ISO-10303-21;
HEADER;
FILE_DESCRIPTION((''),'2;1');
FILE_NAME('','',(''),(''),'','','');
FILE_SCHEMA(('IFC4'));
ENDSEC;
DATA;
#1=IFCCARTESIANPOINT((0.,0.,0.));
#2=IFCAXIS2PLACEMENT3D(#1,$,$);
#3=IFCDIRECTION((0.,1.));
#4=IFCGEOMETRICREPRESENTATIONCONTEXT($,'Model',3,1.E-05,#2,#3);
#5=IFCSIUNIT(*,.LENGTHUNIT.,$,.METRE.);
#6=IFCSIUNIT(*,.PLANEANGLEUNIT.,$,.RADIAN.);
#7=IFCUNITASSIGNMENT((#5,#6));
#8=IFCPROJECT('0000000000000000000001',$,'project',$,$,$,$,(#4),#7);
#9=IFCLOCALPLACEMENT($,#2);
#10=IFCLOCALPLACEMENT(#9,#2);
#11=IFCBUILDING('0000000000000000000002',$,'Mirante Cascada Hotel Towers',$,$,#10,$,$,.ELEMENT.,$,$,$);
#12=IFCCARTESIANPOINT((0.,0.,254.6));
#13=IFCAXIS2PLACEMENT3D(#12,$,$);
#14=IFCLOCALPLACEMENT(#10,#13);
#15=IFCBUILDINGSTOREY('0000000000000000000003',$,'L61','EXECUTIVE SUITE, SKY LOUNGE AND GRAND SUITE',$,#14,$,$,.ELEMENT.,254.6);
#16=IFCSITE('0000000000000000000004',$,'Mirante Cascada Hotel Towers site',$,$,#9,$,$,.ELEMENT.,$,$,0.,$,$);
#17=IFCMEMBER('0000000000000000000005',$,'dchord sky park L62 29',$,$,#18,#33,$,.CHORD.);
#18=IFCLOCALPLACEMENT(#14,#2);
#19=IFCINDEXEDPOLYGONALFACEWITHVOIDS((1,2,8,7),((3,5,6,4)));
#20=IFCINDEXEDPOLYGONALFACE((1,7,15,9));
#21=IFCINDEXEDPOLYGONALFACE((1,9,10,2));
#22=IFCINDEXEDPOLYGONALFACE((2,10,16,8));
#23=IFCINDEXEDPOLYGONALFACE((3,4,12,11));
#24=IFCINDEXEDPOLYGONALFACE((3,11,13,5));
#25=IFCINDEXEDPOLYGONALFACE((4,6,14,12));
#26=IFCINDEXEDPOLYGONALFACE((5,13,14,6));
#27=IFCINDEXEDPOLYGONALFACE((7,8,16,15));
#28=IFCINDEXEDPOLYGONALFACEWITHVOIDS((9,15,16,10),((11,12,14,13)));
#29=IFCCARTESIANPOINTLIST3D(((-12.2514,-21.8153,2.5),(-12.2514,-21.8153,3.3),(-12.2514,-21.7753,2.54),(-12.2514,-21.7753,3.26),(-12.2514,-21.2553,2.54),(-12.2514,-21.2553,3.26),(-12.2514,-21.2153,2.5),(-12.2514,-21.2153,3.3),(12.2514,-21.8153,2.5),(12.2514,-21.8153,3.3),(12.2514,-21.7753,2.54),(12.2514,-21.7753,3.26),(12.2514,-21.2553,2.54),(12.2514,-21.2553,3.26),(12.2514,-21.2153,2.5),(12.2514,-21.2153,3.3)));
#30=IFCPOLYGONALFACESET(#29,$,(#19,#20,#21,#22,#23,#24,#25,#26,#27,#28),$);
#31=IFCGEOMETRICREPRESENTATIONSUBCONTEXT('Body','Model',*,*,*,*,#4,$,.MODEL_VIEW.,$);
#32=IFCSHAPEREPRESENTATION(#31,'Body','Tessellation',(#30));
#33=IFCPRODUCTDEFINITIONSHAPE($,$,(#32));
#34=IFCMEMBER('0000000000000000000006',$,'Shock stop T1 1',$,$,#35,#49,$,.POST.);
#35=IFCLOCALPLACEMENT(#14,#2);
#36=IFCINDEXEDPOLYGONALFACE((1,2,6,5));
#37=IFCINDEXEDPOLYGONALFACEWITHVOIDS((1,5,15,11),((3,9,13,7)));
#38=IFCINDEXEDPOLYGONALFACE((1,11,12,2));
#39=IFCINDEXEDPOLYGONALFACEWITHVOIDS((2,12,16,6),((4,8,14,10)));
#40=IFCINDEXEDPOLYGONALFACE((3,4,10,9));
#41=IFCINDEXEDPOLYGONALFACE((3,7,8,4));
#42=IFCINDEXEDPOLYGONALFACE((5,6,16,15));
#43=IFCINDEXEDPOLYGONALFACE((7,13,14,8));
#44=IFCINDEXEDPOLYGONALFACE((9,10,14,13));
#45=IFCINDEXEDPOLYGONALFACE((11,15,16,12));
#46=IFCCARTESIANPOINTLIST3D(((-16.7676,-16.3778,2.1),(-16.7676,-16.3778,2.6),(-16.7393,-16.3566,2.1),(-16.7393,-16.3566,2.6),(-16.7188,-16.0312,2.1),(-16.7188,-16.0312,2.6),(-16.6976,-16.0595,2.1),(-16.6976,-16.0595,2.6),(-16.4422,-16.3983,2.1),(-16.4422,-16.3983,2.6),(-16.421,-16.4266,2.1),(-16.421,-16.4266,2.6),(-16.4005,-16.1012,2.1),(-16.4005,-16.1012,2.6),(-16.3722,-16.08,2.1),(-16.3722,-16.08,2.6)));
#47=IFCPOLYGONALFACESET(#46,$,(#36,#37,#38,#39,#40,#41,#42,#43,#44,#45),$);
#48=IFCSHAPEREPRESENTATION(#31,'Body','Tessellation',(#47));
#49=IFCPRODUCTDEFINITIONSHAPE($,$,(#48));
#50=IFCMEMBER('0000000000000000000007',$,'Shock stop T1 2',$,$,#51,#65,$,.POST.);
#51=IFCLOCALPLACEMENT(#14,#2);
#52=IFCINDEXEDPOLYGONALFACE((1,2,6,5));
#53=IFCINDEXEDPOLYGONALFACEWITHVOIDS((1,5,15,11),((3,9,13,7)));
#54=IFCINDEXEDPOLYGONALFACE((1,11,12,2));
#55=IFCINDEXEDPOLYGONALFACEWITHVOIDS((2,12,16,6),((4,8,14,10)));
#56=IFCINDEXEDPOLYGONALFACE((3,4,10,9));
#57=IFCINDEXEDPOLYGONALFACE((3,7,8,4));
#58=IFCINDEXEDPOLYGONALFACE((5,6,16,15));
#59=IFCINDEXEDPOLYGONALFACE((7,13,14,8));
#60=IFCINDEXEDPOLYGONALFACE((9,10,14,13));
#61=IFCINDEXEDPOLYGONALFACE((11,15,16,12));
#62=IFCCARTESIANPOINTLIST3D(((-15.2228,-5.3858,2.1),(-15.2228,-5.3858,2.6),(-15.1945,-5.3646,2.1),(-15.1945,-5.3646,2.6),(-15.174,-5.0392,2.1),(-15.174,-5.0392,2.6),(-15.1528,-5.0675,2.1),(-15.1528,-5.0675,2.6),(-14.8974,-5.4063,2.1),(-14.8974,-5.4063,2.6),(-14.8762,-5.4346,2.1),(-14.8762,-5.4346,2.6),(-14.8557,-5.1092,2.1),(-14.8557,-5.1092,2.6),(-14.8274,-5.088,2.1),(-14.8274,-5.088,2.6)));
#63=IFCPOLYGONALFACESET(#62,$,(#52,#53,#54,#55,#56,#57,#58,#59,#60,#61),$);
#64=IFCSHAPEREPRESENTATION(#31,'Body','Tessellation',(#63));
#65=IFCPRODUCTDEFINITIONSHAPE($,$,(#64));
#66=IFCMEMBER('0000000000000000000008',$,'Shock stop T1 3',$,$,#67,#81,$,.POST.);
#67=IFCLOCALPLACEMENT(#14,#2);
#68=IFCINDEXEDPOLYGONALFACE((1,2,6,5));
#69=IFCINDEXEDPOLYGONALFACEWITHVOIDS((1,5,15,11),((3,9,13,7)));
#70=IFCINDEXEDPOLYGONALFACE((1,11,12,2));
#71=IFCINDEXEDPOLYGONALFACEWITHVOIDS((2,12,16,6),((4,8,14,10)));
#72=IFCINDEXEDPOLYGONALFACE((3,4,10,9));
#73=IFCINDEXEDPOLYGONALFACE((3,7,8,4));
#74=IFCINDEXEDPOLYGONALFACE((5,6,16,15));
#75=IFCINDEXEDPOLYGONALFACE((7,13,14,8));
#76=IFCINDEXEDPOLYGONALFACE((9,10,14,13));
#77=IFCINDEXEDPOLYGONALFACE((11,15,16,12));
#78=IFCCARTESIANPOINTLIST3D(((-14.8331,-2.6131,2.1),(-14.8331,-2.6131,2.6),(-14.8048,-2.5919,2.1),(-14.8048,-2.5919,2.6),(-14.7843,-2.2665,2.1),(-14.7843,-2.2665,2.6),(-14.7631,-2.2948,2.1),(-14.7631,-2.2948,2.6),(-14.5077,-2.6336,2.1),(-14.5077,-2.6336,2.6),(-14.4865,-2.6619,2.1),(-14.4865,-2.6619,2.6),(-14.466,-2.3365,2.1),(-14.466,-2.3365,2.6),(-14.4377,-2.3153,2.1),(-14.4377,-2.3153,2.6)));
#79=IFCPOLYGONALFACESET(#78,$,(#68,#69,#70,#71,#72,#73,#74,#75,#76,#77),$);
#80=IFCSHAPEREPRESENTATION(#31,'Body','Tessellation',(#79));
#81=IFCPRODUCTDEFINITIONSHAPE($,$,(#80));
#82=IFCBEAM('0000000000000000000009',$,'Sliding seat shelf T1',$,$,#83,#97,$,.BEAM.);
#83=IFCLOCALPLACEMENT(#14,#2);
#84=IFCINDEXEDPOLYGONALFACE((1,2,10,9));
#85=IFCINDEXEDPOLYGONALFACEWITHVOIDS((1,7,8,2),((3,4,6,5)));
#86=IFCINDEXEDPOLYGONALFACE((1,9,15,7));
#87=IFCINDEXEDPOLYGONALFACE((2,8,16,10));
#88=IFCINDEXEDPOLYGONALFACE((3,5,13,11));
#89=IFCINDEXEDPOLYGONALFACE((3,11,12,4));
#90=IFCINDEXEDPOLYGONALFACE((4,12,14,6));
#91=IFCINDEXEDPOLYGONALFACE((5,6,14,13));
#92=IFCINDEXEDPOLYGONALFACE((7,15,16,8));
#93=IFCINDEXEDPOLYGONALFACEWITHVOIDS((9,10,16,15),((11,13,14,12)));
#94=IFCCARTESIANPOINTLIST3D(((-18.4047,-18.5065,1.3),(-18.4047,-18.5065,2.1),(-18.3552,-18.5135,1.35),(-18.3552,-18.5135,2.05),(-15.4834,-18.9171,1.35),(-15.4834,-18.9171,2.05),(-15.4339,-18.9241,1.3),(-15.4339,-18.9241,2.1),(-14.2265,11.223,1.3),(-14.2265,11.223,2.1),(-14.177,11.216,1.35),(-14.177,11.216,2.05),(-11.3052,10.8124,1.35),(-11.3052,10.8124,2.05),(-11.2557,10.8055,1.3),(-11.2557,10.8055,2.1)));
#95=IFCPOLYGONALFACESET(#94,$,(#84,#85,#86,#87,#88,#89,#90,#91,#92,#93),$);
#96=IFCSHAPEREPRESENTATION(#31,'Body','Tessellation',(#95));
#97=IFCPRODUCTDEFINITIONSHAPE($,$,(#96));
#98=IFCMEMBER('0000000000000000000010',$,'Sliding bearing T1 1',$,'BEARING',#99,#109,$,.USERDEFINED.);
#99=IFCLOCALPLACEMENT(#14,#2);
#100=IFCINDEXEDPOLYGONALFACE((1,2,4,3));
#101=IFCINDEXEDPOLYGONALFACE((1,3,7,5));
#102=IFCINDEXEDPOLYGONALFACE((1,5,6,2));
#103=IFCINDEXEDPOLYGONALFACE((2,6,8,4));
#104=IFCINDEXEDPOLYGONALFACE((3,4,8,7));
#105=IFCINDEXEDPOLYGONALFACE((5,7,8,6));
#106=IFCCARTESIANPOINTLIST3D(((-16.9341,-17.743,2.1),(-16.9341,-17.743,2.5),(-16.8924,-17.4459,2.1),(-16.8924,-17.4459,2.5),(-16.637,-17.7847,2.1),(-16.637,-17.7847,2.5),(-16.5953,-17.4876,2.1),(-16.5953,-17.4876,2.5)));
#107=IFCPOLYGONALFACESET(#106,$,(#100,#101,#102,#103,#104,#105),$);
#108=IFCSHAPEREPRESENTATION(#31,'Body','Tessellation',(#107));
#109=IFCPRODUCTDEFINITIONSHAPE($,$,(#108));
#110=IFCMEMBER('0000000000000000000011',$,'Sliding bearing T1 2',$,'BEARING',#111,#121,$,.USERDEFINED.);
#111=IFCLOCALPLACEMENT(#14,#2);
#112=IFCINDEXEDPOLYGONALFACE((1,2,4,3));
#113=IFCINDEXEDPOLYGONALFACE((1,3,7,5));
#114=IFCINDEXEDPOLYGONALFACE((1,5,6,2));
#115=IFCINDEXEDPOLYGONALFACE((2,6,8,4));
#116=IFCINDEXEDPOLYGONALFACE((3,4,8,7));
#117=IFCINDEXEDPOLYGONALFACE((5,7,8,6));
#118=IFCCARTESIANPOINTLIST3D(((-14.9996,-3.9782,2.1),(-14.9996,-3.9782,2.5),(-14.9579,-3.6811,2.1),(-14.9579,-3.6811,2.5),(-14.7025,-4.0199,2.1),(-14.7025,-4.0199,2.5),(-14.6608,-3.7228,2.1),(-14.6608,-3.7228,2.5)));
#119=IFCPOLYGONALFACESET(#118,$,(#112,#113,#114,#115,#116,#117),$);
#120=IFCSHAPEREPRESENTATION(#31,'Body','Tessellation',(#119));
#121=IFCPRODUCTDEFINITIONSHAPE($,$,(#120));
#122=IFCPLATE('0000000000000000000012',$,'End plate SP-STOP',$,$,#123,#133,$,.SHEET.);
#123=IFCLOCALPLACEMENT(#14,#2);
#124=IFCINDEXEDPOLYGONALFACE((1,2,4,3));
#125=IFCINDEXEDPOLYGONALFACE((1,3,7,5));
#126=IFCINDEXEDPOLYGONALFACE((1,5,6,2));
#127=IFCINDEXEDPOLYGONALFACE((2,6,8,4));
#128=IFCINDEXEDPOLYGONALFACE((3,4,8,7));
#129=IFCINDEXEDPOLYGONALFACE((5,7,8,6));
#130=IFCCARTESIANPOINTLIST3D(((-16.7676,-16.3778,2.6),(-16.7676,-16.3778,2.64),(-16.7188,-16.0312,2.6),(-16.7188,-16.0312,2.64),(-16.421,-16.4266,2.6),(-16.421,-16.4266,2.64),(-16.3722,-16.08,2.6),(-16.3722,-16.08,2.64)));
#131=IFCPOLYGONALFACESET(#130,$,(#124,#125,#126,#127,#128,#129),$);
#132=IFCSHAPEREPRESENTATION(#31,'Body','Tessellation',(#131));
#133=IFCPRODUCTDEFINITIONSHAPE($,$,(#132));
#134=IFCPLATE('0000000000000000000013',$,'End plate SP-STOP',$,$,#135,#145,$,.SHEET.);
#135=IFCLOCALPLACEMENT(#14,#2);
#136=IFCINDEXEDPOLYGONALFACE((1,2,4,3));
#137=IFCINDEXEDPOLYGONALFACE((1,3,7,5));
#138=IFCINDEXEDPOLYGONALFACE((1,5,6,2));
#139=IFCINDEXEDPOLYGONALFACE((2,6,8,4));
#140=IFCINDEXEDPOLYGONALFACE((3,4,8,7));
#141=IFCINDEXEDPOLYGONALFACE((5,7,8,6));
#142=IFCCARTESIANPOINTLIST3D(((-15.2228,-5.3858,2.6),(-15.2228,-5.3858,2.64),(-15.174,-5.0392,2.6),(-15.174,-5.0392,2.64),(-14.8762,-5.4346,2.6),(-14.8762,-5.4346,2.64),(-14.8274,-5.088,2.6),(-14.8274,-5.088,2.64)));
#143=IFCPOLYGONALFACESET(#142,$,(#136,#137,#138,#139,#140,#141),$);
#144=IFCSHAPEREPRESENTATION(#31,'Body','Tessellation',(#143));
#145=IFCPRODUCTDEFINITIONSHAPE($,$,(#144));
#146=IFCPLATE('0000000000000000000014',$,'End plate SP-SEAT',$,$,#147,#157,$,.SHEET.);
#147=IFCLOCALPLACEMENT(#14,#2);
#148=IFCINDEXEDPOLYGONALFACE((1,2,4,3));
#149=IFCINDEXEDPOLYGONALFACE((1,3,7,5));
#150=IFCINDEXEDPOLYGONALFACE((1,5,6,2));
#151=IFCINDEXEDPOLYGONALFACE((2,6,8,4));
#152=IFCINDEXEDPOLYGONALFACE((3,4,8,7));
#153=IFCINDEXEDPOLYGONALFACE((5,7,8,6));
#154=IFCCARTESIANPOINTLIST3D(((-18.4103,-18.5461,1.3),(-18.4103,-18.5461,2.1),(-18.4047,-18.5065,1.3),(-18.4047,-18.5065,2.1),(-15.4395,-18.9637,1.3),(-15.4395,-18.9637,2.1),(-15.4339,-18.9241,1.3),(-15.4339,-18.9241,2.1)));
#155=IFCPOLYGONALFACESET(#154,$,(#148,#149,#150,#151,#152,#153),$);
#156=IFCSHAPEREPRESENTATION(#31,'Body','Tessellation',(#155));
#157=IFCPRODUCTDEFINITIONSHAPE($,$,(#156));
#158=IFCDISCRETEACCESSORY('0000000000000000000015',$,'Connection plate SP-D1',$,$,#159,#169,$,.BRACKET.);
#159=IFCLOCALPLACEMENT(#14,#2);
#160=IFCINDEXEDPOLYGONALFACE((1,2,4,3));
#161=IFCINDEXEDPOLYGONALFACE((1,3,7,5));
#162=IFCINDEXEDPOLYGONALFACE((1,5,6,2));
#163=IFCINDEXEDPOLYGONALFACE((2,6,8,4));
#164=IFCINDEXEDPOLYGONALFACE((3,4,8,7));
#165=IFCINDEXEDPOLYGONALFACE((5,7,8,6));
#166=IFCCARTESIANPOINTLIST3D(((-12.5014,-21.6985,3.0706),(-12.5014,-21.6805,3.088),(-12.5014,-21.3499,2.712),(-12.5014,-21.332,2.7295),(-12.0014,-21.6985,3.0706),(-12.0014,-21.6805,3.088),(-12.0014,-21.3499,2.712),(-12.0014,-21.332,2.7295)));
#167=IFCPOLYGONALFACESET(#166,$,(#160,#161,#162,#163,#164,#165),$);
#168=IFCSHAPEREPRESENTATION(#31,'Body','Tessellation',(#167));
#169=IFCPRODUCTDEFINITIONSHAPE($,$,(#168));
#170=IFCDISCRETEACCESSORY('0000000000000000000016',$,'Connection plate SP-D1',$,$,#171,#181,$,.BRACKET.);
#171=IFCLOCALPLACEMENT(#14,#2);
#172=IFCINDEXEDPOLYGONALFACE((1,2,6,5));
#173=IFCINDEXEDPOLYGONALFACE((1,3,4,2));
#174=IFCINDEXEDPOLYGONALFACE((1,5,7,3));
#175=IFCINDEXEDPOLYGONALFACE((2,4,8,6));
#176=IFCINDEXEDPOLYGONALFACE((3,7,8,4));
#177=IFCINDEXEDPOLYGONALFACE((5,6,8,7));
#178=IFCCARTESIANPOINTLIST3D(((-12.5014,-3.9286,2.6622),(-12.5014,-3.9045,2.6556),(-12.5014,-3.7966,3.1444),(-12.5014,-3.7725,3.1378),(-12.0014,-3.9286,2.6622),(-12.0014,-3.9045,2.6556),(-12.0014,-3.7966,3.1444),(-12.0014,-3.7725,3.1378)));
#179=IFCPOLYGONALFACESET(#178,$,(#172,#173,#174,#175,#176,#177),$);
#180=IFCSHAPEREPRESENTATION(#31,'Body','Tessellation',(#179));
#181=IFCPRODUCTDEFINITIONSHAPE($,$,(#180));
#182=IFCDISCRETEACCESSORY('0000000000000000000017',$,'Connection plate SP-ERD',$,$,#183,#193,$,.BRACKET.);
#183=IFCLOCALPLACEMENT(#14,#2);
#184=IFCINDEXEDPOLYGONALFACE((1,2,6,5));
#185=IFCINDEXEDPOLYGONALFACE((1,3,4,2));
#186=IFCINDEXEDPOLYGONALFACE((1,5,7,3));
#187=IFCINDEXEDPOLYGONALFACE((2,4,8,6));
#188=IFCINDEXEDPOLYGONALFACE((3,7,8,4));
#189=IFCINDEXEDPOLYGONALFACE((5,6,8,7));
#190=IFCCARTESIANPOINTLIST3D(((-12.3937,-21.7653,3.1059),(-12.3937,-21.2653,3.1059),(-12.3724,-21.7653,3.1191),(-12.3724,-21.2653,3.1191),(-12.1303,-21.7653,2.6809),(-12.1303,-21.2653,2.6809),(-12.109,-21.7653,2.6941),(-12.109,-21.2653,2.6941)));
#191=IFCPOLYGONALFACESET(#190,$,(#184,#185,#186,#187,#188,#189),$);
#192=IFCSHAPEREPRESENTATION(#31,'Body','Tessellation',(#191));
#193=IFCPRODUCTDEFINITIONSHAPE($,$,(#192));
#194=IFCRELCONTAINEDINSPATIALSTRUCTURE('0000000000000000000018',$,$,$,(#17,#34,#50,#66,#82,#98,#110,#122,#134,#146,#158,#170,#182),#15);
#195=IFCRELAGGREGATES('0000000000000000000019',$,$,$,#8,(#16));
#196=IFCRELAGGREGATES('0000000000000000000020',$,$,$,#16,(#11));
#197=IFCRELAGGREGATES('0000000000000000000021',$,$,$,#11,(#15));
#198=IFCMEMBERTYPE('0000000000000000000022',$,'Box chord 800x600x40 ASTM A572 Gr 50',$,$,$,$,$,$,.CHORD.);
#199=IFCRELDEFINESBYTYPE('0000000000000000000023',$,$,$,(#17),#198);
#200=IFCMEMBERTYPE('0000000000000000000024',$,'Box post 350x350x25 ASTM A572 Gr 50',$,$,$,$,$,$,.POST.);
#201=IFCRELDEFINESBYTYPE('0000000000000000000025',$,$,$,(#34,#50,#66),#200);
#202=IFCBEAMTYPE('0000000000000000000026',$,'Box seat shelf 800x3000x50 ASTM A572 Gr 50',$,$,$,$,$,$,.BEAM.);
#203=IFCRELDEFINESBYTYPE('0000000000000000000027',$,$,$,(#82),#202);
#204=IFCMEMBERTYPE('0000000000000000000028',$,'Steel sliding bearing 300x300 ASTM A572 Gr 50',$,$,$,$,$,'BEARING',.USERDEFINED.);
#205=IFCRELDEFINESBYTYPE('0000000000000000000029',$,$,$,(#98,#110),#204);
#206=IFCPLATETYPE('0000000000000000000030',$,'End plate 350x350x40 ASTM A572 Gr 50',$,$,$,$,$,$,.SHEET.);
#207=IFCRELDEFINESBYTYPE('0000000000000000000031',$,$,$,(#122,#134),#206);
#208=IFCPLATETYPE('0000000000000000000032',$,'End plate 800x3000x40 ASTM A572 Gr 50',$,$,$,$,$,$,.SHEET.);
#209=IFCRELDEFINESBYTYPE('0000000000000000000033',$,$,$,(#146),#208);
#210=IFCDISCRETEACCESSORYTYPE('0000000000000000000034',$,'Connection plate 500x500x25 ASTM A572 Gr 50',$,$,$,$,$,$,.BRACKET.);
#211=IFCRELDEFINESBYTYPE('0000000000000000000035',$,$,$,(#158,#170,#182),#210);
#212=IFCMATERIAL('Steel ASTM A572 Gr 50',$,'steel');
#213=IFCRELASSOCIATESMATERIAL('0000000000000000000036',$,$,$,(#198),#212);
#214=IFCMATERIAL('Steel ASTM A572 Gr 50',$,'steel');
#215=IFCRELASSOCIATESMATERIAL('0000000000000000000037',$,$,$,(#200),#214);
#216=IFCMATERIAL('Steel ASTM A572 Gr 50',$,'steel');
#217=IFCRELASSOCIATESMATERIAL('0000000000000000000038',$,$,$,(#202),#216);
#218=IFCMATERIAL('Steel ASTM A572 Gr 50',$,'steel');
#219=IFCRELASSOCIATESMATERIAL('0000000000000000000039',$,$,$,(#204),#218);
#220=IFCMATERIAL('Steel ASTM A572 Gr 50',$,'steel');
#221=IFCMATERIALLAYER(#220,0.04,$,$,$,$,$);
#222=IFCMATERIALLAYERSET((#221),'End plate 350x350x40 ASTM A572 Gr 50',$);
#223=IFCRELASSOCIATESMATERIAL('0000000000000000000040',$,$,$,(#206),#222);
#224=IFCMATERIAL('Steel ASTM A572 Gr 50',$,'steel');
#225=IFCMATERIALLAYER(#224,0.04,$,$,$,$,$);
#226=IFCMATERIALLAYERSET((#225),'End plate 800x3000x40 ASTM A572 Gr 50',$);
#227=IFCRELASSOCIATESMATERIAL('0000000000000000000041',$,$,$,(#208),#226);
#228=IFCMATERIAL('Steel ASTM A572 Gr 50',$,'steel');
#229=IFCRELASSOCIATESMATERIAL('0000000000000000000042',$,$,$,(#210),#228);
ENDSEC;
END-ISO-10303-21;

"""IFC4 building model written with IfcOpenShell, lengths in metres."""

from ifc_helpers import new_model, si_unit, direction, frame, origin, origin_2d, place, context, subcontext, project, spatial, rectangle, hollow_rectangle, extrude, material, layer, layer_set, material_profile, profile_set, type_object, element, save


model = new_model("IFC4")

# Units and contexts
model_context = context("Model", 3, precision=1e-05, world=origin(), true_north=direction((0.0, 1.0)))
body_context = subcontext(model_context, "Body", "Model", "MODEL_VIEW")
ifc_project = project(units=[si_unit("LENGTHUNIT", "METRE"), si_unit("PLANEANGLEUNIT", "RADIAN")], contexts=[model_context])

# Site, building, storey
site_placement = place(None, origin())
site = spatial("IfcSite", under=ifc_project, at=site_placement, Name="Mirante Cascada Hotel Towers site", CompositionType="ELEMENT", RefElevation=0.0)
building_placement = place(site_placement, origin())
building = spatial("IfcBuilding", under=site, at=building_placement, Name="Mirante Cascada Hotel Towers", CompositionType="ELEMENT")
storey_placement = place(building_placement, frame((0.0, 0.0, 254.6)))
storey = spatial("IfcBuildingStorey", under=building, at=storey_placement, Name="L61", Description="EXECUTIVE SUITE, SKY LOUNGE AND GRAND SUITE", CompositionType="ELEMENT", Elevation=254.6)

# Members
ifc_material_1 = material(Name="Steel ASTM A572 Gr 50", Category="steel")
ifc_material_profile_1 = material_profile(ifc_material_1, hollow_rectangle(XDim=0.6, YDim=0.8, WallThickness=0.04, at=origin_2d()), Name="Box chord 800x600x40 ASTM A572 Gr 50")
ifc_profile_set_1 = profile_set([ifc_material_profile_1], Name="Steel ASTM A572 Gr 50")
member_type_1 = type_object("IfcMemberType", Name="Box chord 800x600x40 ASTM A572 Gr 50", PredefinedType="CHORD", material=ifc_profile_set_1)
member_1_placement = place(storey_placement, frame((-12.2514, -21.5153, 2.9), z_axis=(1.0, 0.0, 0.0), x_axis=(0.0, 1.0, 0.0)))
element("IfcMember", 1, at=member_1_placement, inside=storey, type_object=member_type_1, Name="dchord sky park L62 29", PredefinedType="CHORD", context=body_context, shape_type="SweptSolid", body=[
    extrude(hollow_rectangle(XDim=0.6, YDim=0.8, WallThickness=0.04, at=origin_2d()), origin(), (0.0, 0.0, 1.0), 24.5028),
])
ifc_material_2 = material(Name="Steel ASTM A572 Gr 50", Category="steel")
ifc_material_profile_2 = material_profile(ifc_material_2, hollow_rectangle(XDim=0.35, YDim=0.35, WallThickness=0.025, at=origin_2d()), Name="Box post 350x350x25 ASTM A572 Gr 50")
ifc_profile_set_2 = profile_set([ifc_material_profile_2], Name="Steel ASTM A572 Gr 50")
member_type_2 = type_object("IfcMemberType", Name="Box post 350x350x25 ASTM A572 Gr 50", PredefinedType="POST", material=ifc_profile_set_2)
for number, where, z_axis, x_axis, name in (
    (2, (-16.5699, -16.2289, 2.1), (0.0, 0.0, 1.0), (-0.990268, 0.139173, 0.0), "Shock stop T1 1"),
    (3, (-15.0251, -5.2369, 2.1), (0.0, 0.0, 1.0), (-0.990268, 0.139173, 0.0), "Shock stop T1 2"),
    (4, (-14.6354, -2.4642, 2.1), (0.0, 0.0, 1.0), (-0.990268, 0.139173, 0.0), "Shock stop T1 3"),
):
    element("IfcMember", number, at=place(storey_placement, frame(where, z_axis=z_axis, x_axis=x_axis)), inside=storey, type_object=member_type_2, Name=name, PredefinedType="POST", context=body_context, shape_type="SweptSolid", body=[
        extrude(hollow_rectangle(XDim=0.35, YDim=0.35, WallThickness=0.025, at=origin_2d()), origin(), (0.0, 0.0, 1.0), 0.5),
    ])

# Beam
ifc_material_3 = material(Name="Steel ASTM A572 Gr 50", Category="steel")
ifc_material_profile_3 = material_profile(ifc_material_3, hollow_rectangle(XDim=3.0, YDim=0.8, WallThickness=0.05, at=origin_2d()), Name="Box seat shelf 800x3000x50 ASTM A572 Gr 50")
ifc_profile_set_3 = profile_set([ifc_material_profile_3], Name="Steel ASTM A572 Gr 50")
beam_type = type_object("IfcBeamType", Name="Box seat shelf 800x3000x50 ASTM A572 Gr 50", PredefinedType="BEAM", material=ifc_profile_set_3)
beam_placement = place(storey_placement, frame((-16.9193, -18.7153, 1.7), z_axis=(0.139173, 0.990268, 0.0), x_axis=(-0.990268, 0.139173, 0.0)))
element("IfcBeam", 5, at=beam_placement, inside=storey, type_object=beam_type, Name="Sliding seat shelf T1", PredefinedType="BEAM", context=body_context, shape_type="SweptSolid", body=[
    extrude(hollow_rectangle(XDim=3.0, YDim=0.8, WallThickness=0.05, at=origin_2d()), origin(), (0.0, 0.0, 1.0), 30.0217),
])

# Members
ifc_material_4 = material(Name="Steel ASTM A572 Gr 50", Category="steel")
ifc_material_profile_4 = material_profile(ifc_material_4, rectangle(XDim=0.3, YDim=0.3, at=origin_2d()), Name="Steel sliding bearing 300x300 ASTM A572 Gr 50")
ifc_profile_set_4 = profile_set([ifc_material_profile_4], Name="Steel ASTM A572 Gr 50")
member_type_3 = type_object("IfcMemberType", Name="Steel sliding bearing 300x300 ASTM A572 Gr 50", ElementType="BEARING", PredefinedType="USERDEFINED", material=ifc_profile_set_4)
for number, where, z_axis, x_axis, name in (
    (6, (-16.7647, -17.6153, 2.1), (0.0, 0.0, 1.0), (-0.990268, 0.139173, 0.0), "Sliding bearing T1 1"),
    (7, (-14.8302, -3.8505, 2.1), (0.0, 0.0, 1.0), (-0.990268, 0.139173, 0.0), "Sliding bearing T1 2"),
):
    element("IfcMember", number, at=place(storey_placement, frame(where, z_axis=z_axis, x_axis=x_axis)), inside=storey, type_object=member_type_3, Name=name, ObjectType="BEARING", PredefinedType="USERDEFINED", context=body_context, shape_type="SweptSolid", body=[
        extrude(rectangle(XDim=0.3, YDim=0.3, at=origin_2d()), origin(), (0.0, 0.0, 1.0), 0.4),
    ])

# Plates
ifc_material_5 = material(Name="Steel ASTM A572 Gr 50", Category="steel")
ifc_layer_1 = layer(ifc_material_5, 0.04)
ifc_layer_set_1 = layer_set([ifc_layer_1], Name="End plate 350x350x40 ASTM A572 Gr 50")
plate_type_1 = type_object("IfcPlateType", Name="End plate 350x350x40 ASTM A572 Gr 50", PredefinedType="SHEET", material=ifc_layer_set_1)
for number, where, z_axis, x_axis, name in (
    (8, (-16.5699, -16.2289, 2.6), (0.0, 0.0, 1.0), (-0.990268, 0.139173, 0.0), "End plate SP-STOP"),
    (9, (-15.0251, -5.2369, 2.6), (0.0, 0.0, 1.0), (-0.990268, 0.139173, 0.0), "End plate SP-STOP"),
):
    element("IfcPlate", number, at=place(storey_placement, frame(where, z_axis=z_axis, x_axis=x_axis)), inside=storey, type_object=plate_type_1, Name=name, PredefinedType="SHEET", context=body_context, shape_type="SweptSolid", body=[
        extrude(rectangle(XDim=0.35, YDim=0.35, at=origin_2d()), origin(), (0.0, 0.0, 1.0), 0.04),
    ])
ifc_material_6 = material(Name="Steel ASTM A572 Gr 50", Category="steel")
ifc_layer_2 = layer(ifc_material_6, 0.04)
ifc_layer_set_2 = layer_set([ifc_layer_2], Name="End plate 800x3000x40 ASTM A572 Gr 50")
plate_type_2 = type_object("IfcPlateType", Name="End plate 800x3000x40 ASTM A572 Gr 50", PredefinedType="SHEET", material=ifc_layer_set_2)
plate_placement = place(storey_placement, frame((-16.9221, -18.7351, 1.3), z_axis=(0.0, 0.0, 1.0), x_axis=(0.139173, 0.990268, 0.0)))
element("IfcPlate", 10, at=plate_placement, inside=storey, type_object=plate_type_2, Name="End plate SP-SEAT", PredefinedType="SHEET", context=body_context, shape_type="SweptSolid", body=[
    extrude(rectangle(XDim=0.04, YDim=3.0, at=origin_2d()), origin(), (0.0, 0.0, 1.0), 0.8),
])

# Discrete accessories
ifc_material_7 = material(Name="Steel ASTM A572 Gr 50", Category="steel")
ifc_material_profile_5 = material_profile(ifc_material_7, rectangle(XDim=0.5, YDim=0.5, at=origin_2d()), Name="Connection plate 500x500x25 ASTM A572 Gr 50")
ifc_profile_set_5 = profile_set([ifc_material_profile_5], Name="Steel ASTM A572 Gr 50")
discrete_accessory_type_1 = type_object("IfcDiscreteAccessoryType", Name="Connection plate 500x500x25 ASTM A572 Gr 50", PredefinedType="BRACKET", material=ifc_profile_set_5)
for number, where, z_axis, x_axis, name in (
    (11, (-12.2514, -21.5242, 2.8913), (0.0, 0.717051, 0.697021), (-1.0, 0.0, 0.0), "Connection plate SP-D1"),
    (12, (-12.2514, -3.8385, 2.8967), (0.0, -0.964486, 0.264133), (1.0, 0.0, 0.0), "Connection plate SP-D1"),
):
    element("IfcDiscreteAccessory", number, at=place(storey_placement, frame(where, z_axis=z_axis, x_axis=x_axis)), inside=storey, type_object=discrete_accessory_type_1, Name=name, PredefinedType="BRACKET", context=body_context, shape_type="SweptSolid", body=[
        extrude(rectangle(XDim=0.5, YDim=0.5, at=origin_2d()), origin(), (0.0, 0.0, 1.0), 0.025),
    ])
discrete_accessory_1_placement = place(storey_placement, frame((-12.262, -21.5153, 2.8934), z_axis=(0.85001, 0.0, 0.526767), x_axis=(0.0, 1.0, 0.0)))
element("IfcDiscreteAccessory", 13, at=discrete_accessory_1_placement, inside=storey, type_object=discrete_accessory_type_1, Name="Connection plate SP-ERD", PredefinedType="BRACKET", context=body_context, shape_type="SweptSolid", body=[
    extrude(rectangle(XDim=0.5, YDim=0.5, at=origin_2d()), origin(), (0.0, 0.0, 1.0), 0.0251),
])

save(model, "model.ifc")
